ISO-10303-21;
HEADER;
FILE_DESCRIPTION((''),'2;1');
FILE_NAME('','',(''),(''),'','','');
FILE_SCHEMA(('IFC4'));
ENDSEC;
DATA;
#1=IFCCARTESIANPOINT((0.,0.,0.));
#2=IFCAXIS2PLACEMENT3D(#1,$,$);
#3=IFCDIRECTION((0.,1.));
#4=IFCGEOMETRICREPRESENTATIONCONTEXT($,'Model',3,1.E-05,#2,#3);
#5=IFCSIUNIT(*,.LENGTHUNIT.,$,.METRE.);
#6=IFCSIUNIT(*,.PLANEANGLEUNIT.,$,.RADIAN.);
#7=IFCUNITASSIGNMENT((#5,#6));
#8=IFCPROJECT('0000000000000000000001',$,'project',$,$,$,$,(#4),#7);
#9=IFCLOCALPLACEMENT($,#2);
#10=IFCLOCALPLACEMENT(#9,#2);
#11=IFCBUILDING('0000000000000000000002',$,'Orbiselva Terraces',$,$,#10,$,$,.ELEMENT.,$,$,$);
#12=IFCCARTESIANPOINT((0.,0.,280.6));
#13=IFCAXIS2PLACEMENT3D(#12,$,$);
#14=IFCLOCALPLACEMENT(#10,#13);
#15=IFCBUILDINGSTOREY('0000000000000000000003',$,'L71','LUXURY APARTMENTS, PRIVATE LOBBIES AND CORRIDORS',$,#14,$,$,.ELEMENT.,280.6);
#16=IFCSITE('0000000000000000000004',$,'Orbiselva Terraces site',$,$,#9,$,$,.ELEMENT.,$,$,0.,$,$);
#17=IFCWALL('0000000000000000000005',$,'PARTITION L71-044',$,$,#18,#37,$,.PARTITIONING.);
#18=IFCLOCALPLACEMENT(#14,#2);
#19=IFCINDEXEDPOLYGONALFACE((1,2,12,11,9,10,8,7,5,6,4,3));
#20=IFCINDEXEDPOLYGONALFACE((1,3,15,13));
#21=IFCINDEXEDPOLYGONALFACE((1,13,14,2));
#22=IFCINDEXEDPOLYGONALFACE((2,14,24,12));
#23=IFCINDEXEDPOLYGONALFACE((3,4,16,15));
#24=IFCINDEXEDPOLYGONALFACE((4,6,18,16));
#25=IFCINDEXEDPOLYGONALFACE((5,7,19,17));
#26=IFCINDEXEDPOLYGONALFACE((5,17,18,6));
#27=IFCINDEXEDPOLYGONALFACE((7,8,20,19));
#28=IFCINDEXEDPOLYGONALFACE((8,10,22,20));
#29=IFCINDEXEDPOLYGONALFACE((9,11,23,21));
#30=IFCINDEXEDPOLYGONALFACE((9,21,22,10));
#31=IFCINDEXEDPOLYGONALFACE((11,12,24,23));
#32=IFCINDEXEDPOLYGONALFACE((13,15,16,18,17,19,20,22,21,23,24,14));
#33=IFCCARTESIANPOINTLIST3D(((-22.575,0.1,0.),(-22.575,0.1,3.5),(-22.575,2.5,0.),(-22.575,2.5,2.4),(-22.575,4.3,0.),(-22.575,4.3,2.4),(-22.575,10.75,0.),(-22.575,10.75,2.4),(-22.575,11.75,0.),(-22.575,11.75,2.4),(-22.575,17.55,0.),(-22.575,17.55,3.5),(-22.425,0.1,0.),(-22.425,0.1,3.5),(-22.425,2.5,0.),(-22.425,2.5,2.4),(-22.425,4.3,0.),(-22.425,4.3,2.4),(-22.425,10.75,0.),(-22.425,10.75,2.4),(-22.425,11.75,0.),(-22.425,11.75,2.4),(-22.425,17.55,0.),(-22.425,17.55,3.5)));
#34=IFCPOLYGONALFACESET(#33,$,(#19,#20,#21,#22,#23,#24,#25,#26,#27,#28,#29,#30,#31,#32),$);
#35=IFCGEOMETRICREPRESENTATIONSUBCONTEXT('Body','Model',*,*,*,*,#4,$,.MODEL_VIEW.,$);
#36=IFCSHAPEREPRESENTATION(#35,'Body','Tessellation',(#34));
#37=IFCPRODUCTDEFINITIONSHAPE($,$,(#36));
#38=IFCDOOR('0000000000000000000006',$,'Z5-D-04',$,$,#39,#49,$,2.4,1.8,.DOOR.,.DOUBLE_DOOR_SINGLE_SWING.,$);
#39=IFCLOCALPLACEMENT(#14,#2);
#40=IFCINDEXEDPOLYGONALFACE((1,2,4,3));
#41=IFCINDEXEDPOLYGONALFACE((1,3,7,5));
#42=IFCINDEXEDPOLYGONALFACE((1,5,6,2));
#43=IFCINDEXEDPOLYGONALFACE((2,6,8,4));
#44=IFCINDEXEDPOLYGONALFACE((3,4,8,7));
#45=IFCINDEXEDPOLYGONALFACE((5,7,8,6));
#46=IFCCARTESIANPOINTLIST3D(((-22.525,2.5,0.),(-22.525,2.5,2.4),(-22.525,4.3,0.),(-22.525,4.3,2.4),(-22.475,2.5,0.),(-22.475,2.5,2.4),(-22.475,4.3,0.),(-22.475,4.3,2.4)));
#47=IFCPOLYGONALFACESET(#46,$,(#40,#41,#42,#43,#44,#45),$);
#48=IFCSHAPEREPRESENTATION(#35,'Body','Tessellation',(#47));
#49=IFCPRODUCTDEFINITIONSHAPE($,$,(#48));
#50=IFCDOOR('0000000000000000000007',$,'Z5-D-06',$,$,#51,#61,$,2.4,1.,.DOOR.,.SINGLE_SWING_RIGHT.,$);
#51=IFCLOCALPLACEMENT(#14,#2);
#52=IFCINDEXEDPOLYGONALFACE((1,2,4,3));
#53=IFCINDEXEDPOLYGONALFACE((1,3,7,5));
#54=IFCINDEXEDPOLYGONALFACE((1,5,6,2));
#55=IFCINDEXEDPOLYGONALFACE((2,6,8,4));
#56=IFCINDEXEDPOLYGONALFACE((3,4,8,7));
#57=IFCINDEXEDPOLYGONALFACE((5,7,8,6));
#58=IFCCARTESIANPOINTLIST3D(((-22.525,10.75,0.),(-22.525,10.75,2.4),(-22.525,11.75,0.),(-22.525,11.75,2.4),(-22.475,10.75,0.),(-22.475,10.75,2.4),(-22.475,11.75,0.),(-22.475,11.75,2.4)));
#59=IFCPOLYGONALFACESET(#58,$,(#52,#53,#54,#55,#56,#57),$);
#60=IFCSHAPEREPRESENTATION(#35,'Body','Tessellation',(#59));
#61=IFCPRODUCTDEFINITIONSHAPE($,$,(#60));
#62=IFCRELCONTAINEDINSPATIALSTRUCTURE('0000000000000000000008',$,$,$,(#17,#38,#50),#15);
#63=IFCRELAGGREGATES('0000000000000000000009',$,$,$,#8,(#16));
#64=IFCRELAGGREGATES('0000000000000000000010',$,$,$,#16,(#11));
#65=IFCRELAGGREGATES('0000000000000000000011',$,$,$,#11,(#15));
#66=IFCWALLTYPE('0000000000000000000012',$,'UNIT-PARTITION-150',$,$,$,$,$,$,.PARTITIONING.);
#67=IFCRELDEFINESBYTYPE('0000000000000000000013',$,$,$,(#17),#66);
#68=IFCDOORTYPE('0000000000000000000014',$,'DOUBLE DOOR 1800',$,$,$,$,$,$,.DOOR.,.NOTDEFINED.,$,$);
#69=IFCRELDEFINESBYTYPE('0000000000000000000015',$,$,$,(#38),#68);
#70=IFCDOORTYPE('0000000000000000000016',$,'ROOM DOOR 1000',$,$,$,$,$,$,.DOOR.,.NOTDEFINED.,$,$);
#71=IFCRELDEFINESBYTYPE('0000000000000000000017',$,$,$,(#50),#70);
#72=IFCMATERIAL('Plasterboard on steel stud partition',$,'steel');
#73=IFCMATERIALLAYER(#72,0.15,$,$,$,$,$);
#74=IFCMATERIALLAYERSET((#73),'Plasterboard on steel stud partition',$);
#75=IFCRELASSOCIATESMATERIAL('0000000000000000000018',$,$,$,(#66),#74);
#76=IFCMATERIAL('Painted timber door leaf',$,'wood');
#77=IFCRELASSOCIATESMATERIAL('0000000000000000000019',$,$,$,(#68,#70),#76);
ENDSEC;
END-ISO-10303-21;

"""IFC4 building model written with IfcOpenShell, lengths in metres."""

from ifc_helpers import new_model, si_unit, direction, frame, frame_2d, origin, place, context, subcontext, project, spatial, rectangle, extrude, material, layer, layer_set, type_object, element, fill, save


model = new_model("IFC4")

# Units and contexts
model_context = context("Model", 3, precision=1e-05, world=origin(), true_north=direction((0.0, 1.0)))
body_context = subcontext(model_context, "Body", "Model", "MODEL_VIEW")
ifc_project = project(units=[si_unit("LENGTHUNIT", "METRE"), si_unit("PLANEANGLEUNIT", "RADIAN")], contexts=[model_context])

# Site, building, storey
site_placement = place(None, origin())
site = spatial("IfcSite", under=ifc_project, at=site_placement, Name="Orbiselva Terraces site", CompositionType="ELEMENT", RefElevation=0.0)
building_placement = place(site_placement, origin())
building = spatial("IfcBuilding", under=site, at=building_placement, Name="Orbiselva Terraces", CompositionType="ELEMENT")
storey_placement = place(building_placement, frame((0.0, 0.0, 280.6)))
storey = spatial("IfcBuildingStorey", under=building, at=storey_placement, Name="L71", Description="LUXURY APARTMENTS, PRIVATE LOBBIES AND CORRIDORS", CompositionType="ELEMENT", Elevation=280.6)

# Shared definitions
ifc_material_1 = material(Name="Plasterboard on steel stud partition", Category="steel")
ifc_material_2 = material(Name="Painted timber door leaf", Category="wood")
ifc_layer_1 = layer(ifc_material_1, 0.15)
ifc_layer_set_1 = layer_set([ifc_layer_1], Name="Plasterboard on steel stud partition")
wall_type_1 = type_object("IfcWallType", Name="UNIT-PARTITION-150", PredefinedType="PARTITIONING", material=ifc_layer_set_1)

# Wall, openings, doors
wall_1_placement = place(storey_placement, frame((-22.5, 0.1, 0.0), z_axis=(0.0, 0.0, 1.0), x_axis=(0.0, 1.0, 0.0)))
wall_1 = element("IfcWall", 1, at=wall_1_placement, inside=storey, type_object=wall_type_1, Name="PARTITION L71-044", PredefinedType="PARTITIONING", context=body_context, shape_type="SweptSolid", body=[
    extrude(rectangle(XDim=17.45, YDim=0.15, at=frame_2d((8.725, 0.0))), origin(), (0.0, 0.0, 1.0), 3.5),
])
opening_1_placement = place(wall_1_placement, frame((2.4, 0.0, 0.0)))
opening_1 = element("IfcOpeningElement", 2, at=opening_1_placement, cuts=wall_1, PredefinedType="OPENING", context=body_context, shape_type="SweptSolid", body=[
    extrude(rectangle(XDim=1.8, YDim=2.4, at=frame_2d((0.9, 1.2))), frame((0.0, 0.085, 0.0), z_axis=(0.0, -1.0, 0.0), x_axis=(1.0, 0.0, 0.0)), (0.0, 0.0, 1.0), 0.17),
])
opening_2_placement = place(wall_1_placement, frame((10.65, 0.0, 0.0)))
opening_2 = element("IfcOpeningElement", 3, at=opening_2_placement, cuts=wall_1, PredefinedType="OPENING", context=body_context, shape_type="SweptSolid", body=[
    extrude(rectangle(XDim=1.0, YDim=2.4, at=frame_2d((0.5, 1.2))), frame((0.0, 0.085, 0.0), z_axis=(0.0, -1.0, 0.0), x_axis=(1.0, 0.0, 0.0)), (0.0, 0.0, 1.0), 0.17),
])
door_type_1 = type_object("IfcDoorType", Name="DOUBLE DOOR 1800", OperationType="NOTDEFINED", PredefinedType="DOOR", material=ifc_material_2)
door_1_placement = place(opening_1_placement, origin())
door_1 = element("IfcDoor", 4, at=door_1_placement, inside=storey, type_object=door_type_1, Name="Z5-D-04", OperationType="DOUBLE_DOOR_SINGLE_SWING", OverallHeight=2.4, OverallWidth=1.8, PredefinedType="DOOR", context=body_context, shape_type="SweptSolid", body=[
    extrude(rectangle(XDim=1.8, YDim=2.4, at=frame_2d((0.9, 1.2))), frame((0.0, 0.025, 0.0), z_axis=(0.0, -1.0, 0.0), x_axis=(1.0, 0.0, 0.0)), (0.0, 0.0, 1.0), 0.05),
])
fill(opening_1, door_1)
door_type_2 = type_object("IfcDoorType", Name="ROOM DOOR 1000", OperationType="NOTDEFINED", PredefinedType="DOOR", material=ifc_material_2)
door_2_placement = place(opening_2_placement, origin())
door_2 = element("IfcDoor", 5, at=door_2_placement, inside=storey, type_object=door_type_2, Name="Z5-D-06", OperationType="SINGLE_SWING_RIGHT", OverallHeight=2.4, OverallWidth=1.0, PredefinedType="DOOR", context=body_context, shape_type="SweptSolid", body=[
    extrude(rectangle(XDim=1.0, YDim=2.4, at=frame_2d((0.5, 1.2))), frame((0.0, 0.025, 0.0), z_axis=(0.0, -1.0, 0.0), x_axis=(1.0, 0.0, 0.0)), (0.0, 0.0, 1.0), 0.05),
])
fill(opening_2, door_2)

save(model, "model.ifc")
